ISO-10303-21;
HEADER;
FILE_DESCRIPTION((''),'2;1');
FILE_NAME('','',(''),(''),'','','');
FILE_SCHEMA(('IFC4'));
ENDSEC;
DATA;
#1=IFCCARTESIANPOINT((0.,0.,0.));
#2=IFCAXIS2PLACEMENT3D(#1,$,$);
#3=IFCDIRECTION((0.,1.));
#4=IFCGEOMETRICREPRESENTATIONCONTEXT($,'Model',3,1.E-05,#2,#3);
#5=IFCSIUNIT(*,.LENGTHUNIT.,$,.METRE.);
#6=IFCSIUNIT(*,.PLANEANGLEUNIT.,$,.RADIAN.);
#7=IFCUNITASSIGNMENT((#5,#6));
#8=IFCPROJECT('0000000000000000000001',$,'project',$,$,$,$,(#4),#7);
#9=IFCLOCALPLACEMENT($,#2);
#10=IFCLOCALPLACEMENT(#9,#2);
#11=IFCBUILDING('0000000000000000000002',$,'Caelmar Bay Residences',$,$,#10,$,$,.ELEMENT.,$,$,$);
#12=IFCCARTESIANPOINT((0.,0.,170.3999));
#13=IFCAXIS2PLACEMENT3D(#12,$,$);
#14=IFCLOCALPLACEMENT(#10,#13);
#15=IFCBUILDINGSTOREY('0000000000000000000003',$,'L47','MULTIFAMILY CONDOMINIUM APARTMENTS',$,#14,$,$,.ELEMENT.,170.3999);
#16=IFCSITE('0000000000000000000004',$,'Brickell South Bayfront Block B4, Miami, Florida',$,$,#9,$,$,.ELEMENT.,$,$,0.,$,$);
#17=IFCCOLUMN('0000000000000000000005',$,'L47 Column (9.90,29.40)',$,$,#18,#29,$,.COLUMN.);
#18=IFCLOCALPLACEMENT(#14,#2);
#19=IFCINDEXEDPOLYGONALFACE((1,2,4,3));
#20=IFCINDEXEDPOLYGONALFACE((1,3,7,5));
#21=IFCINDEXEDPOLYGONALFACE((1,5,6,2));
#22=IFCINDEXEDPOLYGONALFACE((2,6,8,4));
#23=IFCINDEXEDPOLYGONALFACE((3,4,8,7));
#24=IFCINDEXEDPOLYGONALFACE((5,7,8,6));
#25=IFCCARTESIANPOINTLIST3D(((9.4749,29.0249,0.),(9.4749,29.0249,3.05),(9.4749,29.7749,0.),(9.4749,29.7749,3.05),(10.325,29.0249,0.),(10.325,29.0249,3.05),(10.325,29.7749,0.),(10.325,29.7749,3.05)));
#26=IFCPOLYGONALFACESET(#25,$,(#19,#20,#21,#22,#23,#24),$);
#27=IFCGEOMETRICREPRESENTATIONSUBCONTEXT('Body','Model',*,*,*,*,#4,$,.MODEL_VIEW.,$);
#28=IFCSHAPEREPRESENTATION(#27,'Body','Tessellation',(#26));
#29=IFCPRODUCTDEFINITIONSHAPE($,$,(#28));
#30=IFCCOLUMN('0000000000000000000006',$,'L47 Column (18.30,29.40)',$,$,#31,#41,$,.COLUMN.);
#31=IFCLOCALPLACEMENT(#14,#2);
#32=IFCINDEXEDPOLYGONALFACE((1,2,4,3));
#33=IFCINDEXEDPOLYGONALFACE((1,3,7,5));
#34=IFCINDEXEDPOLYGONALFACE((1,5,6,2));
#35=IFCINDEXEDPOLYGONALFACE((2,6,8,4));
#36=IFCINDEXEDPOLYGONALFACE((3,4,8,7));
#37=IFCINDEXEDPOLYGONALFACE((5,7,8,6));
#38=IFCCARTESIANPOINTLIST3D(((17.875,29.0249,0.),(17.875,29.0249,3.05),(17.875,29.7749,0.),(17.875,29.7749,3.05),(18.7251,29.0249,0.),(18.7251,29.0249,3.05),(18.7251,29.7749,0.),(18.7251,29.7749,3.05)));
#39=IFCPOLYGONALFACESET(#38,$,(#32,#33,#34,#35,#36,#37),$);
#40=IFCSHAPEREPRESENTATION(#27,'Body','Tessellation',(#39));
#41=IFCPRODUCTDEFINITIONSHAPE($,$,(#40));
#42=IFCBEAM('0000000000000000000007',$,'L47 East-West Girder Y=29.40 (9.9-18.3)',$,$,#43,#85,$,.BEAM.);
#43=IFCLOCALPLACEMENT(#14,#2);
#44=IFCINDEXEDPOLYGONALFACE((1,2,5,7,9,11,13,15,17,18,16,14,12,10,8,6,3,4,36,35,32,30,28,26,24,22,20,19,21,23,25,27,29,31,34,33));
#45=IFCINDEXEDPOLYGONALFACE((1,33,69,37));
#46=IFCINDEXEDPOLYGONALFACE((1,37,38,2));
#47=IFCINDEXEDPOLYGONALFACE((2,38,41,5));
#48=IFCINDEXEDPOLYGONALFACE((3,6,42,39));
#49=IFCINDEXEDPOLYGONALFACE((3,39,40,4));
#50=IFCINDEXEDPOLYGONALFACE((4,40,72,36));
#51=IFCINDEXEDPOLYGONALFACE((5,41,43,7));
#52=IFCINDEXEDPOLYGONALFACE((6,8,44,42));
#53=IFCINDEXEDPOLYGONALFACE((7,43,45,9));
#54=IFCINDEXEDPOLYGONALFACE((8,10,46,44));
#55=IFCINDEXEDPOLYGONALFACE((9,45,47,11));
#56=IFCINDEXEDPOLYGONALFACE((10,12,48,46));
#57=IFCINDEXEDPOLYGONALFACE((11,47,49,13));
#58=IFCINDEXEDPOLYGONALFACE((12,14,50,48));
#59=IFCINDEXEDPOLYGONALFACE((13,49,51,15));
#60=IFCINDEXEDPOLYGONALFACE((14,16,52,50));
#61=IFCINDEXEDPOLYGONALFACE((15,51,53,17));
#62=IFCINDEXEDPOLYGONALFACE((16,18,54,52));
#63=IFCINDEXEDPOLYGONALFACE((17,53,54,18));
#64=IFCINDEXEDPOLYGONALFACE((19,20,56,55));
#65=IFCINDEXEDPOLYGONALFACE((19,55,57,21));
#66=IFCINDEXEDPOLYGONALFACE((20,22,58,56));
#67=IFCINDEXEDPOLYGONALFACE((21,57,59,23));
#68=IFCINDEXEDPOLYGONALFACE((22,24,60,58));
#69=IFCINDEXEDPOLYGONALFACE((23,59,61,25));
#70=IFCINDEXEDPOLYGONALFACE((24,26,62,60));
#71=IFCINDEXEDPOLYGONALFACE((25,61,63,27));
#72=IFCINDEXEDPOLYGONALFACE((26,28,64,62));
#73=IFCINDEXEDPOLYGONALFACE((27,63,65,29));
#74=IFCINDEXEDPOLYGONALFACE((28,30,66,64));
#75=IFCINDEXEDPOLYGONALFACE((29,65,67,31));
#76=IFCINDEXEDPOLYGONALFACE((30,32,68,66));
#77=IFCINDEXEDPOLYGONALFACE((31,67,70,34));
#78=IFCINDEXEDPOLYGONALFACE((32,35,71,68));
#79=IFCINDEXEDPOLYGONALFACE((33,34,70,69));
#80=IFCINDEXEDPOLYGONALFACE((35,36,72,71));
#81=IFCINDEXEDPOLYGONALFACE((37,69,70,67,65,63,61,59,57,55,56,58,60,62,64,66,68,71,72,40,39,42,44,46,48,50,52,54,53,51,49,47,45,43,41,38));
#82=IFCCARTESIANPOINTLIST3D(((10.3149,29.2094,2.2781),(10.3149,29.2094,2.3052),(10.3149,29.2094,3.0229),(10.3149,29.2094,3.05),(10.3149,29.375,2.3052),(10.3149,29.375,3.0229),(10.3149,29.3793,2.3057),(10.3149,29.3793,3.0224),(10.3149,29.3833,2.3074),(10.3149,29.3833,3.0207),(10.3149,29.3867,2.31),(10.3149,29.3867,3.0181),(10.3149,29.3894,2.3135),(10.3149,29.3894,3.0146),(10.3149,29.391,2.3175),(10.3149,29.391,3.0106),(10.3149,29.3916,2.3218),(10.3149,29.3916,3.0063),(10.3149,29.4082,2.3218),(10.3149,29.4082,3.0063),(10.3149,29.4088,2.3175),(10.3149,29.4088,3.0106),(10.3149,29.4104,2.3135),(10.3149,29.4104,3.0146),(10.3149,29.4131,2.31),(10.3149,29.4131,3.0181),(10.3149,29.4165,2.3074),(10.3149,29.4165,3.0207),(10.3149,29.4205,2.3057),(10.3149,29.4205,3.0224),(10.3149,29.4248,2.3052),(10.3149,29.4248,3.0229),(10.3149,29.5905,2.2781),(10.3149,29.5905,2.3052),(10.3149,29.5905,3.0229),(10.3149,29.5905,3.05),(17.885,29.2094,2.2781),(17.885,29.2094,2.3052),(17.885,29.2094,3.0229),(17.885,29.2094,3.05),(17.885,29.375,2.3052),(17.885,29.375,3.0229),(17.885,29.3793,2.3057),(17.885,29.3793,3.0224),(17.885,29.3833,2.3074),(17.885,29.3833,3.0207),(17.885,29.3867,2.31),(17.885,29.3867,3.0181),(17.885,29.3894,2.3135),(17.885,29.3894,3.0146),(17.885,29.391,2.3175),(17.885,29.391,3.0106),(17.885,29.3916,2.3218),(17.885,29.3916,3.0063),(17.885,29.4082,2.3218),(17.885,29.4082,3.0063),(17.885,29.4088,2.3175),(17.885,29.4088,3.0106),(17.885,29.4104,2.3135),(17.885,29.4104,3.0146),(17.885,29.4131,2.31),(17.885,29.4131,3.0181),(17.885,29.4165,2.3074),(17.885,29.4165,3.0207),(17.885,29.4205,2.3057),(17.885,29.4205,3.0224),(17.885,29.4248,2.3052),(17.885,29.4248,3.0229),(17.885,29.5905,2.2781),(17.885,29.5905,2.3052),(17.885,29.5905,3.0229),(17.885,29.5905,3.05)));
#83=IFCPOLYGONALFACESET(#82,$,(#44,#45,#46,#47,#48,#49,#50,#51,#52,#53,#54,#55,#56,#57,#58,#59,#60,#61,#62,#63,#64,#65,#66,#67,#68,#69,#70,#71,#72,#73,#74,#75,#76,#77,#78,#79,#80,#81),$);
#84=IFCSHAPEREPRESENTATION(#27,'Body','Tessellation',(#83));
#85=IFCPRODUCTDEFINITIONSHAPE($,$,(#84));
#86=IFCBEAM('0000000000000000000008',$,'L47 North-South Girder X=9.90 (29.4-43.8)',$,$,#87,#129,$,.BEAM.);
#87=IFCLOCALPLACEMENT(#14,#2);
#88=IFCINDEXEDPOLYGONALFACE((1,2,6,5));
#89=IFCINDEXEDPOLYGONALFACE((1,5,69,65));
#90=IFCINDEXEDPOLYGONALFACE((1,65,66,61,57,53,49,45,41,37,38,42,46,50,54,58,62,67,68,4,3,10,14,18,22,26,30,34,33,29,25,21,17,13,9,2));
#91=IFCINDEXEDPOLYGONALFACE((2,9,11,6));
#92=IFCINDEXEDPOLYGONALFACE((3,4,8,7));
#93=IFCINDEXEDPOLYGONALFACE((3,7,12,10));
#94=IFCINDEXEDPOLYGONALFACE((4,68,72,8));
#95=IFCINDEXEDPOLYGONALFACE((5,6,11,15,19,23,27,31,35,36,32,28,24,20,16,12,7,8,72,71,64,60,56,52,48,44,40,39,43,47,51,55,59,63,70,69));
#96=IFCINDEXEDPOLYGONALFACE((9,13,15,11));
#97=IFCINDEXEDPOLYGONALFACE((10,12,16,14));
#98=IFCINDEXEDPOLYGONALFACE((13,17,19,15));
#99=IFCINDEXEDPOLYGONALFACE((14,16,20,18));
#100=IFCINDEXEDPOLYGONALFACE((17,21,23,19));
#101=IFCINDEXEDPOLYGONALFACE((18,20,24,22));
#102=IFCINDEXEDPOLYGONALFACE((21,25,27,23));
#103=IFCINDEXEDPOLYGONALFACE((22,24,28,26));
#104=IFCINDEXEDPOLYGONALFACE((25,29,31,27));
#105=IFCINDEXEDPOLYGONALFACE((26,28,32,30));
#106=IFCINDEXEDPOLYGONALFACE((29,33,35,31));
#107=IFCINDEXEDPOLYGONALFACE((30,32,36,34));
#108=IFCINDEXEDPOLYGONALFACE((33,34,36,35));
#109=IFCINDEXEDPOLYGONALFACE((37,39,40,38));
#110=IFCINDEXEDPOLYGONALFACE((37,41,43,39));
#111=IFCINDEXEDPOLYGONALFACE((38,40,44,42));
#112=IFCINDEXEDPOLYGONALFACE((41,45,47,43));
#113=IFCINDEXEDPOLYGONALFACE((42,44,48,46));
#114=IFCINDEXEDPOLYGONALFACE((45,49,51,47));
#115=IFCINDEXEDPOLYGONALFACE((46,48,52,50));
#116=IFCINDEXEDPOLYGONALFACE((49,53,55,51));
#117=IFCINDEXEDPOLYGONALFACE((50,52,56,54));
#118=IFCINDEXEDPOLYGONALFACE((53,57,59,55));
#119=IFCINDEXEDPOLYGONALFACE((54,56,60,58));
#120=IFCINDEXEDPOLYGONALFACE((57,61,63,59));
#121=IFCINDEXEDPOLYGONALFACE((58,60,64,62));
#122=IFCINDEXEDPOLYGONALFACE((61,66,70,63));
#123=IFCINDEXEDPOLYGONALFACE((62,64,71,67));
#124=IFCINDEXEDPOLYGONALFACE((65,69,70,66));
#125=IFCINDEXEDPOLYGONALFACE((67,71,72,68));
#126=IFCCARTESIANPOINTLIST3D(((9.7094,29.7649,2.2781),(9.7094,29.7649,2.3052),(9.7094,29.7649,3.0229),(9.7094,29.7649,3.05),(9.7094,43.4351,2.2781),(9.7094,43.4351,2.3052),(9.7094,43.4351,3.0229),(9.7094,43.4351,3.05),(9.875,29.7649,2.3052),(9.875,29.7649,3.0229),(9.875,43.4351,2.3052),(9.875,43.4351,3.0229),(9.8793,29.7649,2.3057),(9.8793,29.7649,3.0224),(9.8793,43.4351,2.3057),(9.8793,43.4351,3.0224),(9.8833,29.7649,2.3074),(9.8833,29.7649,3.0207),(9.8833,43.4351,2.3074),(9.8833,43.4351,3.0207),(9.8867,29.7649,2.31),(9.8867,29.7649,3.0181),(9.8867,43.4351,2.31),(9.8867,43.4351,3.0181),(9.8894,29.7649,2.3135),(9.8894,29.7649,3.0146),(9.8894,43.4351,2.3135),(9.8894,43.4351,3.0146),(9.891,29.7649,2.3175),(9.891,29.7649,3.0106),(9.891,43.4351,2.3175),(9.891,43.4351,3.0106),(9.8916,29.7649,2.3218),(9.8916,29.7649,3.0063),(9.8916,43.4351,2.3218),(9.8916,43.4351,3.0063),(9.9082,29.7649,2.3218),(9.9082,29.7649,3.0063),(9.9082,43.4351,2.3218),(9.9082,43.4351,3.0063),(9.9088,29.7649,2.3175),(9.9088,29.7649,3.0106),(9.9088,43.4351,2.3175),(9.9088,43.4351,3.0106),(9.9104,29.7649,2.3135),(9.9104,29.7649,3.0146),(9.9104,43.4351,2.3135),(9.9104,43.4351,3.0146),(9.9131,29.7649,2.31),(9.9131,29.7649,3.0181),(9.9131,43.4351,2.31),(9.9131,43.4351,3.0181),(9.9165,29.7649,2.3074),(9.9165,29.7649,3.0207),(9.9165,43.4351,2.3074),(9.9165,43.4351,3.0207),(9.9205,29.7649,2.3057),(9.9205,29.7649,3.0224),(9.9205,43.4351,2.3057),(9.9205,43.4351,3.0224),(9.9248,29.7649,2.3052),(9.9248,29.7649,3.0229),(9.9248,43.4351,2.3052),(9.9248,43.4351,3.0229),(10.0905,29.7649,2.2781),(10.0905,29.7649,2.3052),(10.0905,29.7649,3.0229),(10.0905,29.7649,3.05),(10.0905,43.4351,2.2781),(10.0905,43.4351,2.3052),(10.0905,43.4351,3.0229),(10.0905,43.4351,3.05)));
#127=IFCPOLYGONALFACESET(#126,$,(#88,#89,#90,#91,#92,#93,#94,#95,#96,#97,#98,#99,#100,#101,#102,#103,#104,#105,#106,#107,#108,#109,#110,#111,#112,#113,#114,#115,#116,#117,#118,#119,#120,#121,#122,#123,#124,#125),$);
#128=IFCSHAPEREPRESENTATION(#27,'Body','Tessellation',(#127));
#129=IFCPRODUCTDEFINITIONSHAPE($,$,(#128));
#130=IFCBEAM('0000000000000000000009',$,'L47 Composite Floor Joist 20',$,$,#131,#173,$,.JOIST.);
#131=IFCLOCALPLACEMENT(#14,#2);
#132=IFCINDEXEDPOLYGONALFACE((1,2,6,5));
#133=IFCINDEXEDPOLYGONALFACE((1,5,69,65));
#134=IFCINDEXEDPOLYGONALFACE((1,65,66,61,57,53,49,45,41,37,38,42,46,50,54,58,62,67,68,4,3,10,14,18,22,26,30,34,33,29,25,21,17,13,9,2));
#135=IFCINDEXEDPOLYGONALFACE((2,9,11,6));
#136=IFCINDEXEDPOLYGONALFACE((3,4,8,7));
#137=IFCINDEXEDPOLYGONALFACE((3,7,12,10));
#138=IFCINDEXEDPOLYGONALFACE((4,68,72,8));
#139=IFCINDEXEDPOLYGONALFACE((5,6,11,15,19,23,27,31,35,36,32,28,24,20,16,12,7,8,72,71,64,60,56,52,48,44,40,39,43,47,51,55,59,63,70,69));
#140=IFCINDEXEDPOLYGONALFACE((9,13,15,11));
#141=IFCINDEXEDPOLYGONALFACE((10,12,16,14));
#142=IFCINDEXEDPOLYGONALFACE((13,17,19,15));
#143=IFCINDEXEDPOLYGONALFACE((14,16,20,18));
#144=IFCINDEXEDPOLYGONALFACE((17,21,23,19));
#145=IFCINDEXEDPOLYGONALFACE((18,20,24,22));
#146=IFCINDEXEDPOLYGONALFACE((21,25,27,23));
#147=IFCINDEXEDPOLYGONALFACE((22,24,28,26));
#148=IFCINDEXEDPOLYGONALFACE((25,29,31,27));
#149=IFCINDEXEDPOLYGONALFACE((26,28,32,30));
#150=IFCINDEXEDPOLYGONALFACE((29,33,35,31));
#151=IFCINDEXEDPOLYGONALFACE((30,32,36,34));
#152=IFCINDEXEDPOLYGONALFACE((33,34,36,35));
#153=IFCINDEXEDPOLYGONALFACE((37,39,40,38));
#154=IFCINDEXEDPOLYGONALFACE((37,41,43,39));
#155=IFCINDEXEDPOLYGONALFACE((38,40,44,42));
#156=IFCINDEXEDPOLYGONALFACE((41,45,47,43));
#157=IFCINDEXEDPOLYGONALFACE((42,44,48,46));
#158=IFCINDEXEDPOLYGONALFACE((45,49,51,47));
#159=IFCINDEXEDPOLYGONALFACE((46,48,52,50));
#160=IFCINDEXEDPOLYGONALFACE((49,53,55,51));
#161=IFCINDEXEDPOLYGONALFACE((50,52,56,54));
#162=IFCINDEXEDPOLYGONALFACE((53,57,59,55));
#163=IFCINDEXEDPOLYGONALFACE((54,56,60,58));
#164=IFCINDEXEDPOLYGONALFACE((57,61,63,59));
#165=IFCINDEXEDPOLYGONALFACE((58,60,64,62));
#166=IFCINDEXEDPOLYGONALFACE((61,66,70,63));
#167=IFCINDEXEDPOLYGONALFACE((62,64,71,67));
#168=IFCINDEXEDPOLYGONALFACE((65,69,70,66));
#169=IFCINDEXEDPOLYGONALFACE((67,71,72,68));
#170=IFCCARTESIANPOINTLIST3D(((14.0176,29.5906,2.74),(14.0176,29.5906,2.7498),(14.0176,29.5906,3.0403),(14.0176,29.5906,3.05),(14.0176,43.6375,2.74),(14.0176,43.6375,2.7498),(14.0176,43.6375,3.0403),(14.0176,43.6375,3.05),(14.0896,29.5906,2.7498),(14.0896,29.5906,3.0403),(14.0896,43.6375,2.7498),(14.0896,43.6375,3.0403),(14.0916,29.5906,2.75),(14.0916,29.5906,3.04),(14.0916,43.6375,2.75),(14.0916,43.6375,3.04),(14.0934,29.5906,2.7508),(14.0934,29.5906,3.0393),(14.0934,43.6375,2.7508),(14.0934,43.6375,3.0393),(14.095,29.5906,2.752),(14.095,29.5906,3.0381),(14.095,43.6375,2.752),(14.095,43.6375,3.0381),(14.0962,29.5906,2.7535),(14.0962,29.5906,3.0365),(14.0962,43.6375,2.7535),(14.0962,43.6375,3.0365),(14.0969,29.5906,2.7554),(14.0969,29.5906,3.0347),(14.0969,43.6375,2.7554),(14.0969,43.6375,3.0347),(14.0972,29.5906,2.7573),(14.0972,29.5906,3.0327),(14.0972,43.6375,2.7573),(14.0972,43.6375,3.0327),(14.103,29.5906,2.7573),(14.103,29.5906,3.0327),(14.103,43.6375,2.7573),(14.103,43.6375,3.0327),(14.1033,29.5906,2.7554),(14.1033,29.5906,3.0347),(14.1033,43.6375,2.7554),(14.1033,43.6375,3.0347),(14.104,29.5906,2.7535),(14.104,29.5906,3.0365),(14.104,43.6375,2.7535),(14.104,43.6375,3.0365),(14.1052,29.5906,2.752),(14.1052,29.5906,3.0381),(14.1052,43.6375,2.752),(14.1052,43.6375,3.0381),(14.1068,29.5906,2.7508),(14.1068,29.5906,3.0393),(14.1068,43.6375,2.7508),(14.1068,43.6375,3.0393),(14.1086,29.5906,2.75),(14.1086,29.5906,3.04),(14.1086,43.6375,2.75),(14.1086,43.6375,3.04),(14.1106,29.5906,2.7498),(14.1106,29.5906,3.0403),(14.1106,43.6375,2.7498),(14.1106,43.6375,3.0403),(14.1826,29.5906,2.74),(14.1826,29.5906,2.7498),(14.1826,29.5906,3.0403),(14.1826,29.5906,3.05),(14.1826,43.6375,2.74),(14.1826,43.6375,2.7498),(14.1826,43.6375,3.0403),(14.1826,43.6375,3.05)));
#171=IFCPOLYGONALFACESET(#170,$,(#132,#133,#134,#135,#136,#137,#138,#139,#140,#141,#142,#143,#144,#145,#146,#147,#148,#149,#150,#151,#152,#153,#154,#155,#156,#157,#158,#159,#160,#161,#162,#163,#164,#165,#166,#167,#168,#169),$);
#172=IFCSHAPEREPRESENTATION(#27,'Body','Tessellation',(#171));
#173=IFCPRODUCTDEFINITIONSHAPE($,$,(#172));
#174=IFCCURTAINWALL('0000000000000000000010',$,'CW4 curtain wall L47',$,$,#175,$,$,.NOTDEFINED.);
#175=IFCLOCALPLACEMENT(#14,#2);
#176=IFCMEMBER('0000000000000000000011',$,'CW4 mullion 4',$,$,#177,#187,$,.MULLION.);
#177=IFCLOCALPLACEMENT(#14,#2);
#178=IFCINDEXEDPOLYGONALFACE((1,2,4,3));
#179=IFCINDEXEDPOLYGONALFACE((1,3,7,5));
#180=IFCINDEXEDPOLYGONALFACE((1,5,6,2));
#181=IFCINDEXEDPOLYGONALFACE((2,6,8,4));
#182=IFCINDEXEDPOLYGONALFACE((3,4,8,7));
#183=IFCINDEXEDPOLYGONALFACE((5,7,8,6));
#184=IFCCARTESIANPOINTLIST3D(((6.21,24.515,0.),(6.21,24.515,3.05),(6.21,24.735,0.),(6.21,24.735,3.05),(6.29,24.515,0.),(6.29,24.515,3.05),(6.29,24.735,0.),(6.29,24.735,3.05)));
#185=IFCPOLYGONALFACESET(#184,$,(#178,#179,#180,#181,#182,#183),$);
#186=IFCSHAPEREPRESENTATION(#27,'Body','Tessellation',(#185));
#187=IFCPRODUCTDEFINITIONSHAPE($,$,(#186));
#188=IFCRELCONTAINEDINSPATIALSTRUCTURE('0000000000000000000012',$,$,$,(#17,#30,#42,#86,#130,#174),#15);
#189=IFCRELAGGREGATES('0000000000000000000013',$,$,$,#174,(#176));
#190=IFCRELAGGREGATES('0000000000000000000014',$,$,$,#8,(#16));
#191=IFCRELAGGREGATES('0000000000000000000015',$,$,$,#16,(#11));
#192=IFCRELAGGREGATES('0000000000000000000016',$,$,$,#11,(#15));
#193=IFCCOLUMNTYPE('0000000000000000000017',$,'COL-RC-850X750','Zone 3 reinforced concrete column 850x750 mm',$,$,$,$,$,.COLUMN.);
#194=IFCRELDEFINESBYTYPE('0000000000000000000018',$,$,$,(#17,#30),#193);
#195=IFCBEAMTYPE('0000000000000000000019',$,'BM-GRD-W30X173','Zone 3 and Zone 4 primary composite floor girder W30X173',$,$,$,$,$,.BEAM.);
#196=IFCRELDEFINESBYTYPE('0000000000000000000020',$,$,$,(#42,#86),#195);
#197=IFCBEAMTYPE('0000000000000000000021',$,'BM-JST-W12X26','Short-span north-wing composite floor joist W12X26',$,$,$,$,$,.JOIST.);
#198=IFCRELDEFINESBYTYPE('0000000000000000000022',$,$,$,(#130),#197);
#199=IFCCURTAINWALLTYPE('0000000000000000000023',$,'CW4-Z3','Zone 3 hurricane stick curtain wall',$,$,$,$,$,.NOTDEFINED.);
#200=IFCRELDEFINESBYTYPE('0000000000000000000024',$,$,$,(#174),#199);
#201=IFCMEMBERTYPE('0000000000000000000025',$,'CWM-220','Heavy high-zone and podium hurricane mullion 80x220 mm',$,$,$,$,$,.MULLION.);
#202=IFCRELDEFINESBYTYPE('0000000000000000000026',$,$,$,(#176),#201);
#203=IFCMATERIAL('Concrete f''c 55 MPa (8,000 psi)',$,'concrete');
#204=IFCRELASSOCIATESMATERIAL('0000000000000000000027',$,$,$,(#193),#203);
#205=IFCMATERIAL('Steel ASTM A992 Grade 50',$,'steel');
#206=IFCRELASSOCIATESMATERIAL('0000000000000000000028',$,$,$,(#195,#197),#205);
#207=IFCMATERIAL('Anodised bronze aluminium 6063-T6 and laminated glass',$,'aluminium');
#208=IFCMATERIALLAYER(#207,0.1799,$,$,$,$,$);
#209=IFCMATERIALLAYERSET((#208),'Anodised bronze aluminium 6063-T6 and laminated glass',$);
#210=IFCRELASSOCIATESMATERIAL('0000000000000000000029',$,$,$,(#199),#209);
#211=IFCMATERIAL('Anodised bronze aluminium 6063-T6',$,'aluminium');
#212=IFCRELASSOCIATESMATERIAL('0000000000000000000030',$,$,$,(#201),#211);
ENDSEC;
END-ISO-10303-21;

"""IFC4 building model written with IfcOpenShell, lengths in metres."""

from ifc_helpers import new_model, si_unit, direction, frame, origin, origin_2d, place, context, subcontext, project, spatial, rectangle, i_section, extrude, material, layer, layer_set, material_profile, profile_set, type_object, element, aggregate, save


model = new_model("IFC4")

# Units and contexts
model_context = context("Model", 3, precision=1e-05, world=origin(), true_north=direction((0.0, 1.0)))
body_context = subcontext(model_context, "Body", "Model", "MODEL_VIEW")
ifc_project = project(units=[si_unit("LENGTHUNIT", "METRE"), si_unit("PLANEANGLEUNIT", "RADIAN")], contexts=[model_context])

# Site, building, storey
site_placement = place(None, origin())
site = spatial("IfcSite", under=ifc_project, at=site_placement, Name="Brickell South Bayfront Block B4, Miami, Florida", CompositionType="ELEMENT", RefElevation=0.0)
building_placement = place(site_placement, origin())
building = spatial("IfcBuilding", under=site, at=building_placement, Name="Caelmar Bay Residences", CompositionType="ELEMENT")
storey_placement = place(building_placement, frame((0.0, 0.0, 170.3999)))
storey = spatial("IfcBuildingStorey", under=building, at=storey_placement, Name="L47", Description="MULTIFAMILY CONDOMINIUM APARTMENTS", CompositionType="ELEMENT", Elevation=170.3999)

# Columns
ifc_material_1 = material(Name="Concrete f'c 55 MPa (8,000 psi)", Category="concrete")
ifc_material_profile_1 = material_profile(ifc_material_1, rectangle(XDim=0.8501, YDim=0.75, at=origin_2d()), Name="RC-COL-850X750")
ifc_profile_set_1 = profile_set([ifc_material_profile_1], Name="Concrete f'c 55 MPa (8,000 psi)")
column_type = type_object("IfcColumnType", Name="COL-RC-850X750", Description="Zone 3 reinforced concrete column 850x750 mm", PredefinedType="COLUMN", material=ifc_profile_set_1)
for number, where, z_axis, x_axis, name in (
    (1, (9.8999, 29.3999, 0.0), (0.0, 0.0, 1.0), (1.0, 0.0, 0.0), "L47 Column (9.90,29.40)"),
    (2, (18.3, 29.3999, 0.0), (0.0, 0.0, 1.0), (1.0, 0.0, 0.0), "L47 Column (18.30,29.40)"),
):
    element("IfcColumn", number, at=place(storey_placement, frame(where, z_axis=z_axis, x_axis=x_axis)), inside=storey, type_object=column_type, Name=name, PredefinedType="COLUMN", context=body_context, shape_type="SweptSolid", body=[
        extrude(rectangle(XDim=0.8501, YDim=0.75, at=origin_2d()), origin(), (0.0, 0.0, 1.0), 3.05),
    ])

# Beams
ifc_material_2 = material(Name="Steel ASTM A992 Grade 50", Category="steel")
ifc_material_profile_2 = material_profile(ifc_material_2, i_section(OverallWidth=0.3811, OverallDepth=0.772, WebThickness=0.0166, FlangeThickness=0.0271, FilletRadius=0.0166, at=origin_2d()), Name="W30X173")
ifc_profile_set_2 = profile_set([ifc_material_profile_2], Name="Steel ASTM A992 Grade 50")
beam_type_1 = type_object("IfcBeamType", Name="BM-GRD-W30X173", Description="Zone 3 and Zone 4 primary composite floor girder W30X173", PredefinedType="BEAM", material=ifc_profile_set_2)
beam_1_placement = place(storey_placement, frame((10.3149, 29.3999, 2.6641), z_axis=(1.0, 0.0, 0.0), x_axis=(0.0, 1.0, 0.0)))
element("IfcBeam", 3, at=beam_1_placement, inside=storey, type_object=beam_type_1, Name="L47 East-West Girder Y=29.40 (9.9-18.3)", PredefinedType="BEAM", context=body_context, shape_type="SweptSolid", body=[
    extrude(i_section(OverallWidth=0.3811, OverallDepth=0.772, WebThickness=0.0166, FlangeThickness=0.0271, FilletRadius=0.0166, at=origin_2d()), origin(), (0.0, 0.0, 1.0), 7.5701),
])
beam_2_placement = place(storey_placement, frame((9.8999, 29.7649, 2.6641), z_axis=(0.0, 1.0, 0.0), x_axis=(-1.0, 0.0, 0.0)))
element("IfcBeam", 4, at=beam_2_placement, inside=storey, type_object=beam_type_1, Name="L47 North-South Girder X=9.90 (29.4-43.8)", PredefinedType="BEAM", context=body_context, shape_type="SweptSolid", body=[
    extrude(i_section(OverallWidth=0.3811, OverallDepth=0.772, WebThickness=0.0166, FlangeThickness=0.0271, FilletRadius=0.0166, at=origin_2d()), origin(), (0.0, 0.0, 1.0), 13.6702),
])
ifc_material_profile_3 = material_profile(ifc_material_2, i_section(OverallWidth=0.165, OverallDepth=0.3101, WebThickness=0.0059, FlangeThickness=0.0098, FilletRadius=0.0076, at=origin_2d()), Name="W12X26")
ifc_profile_set_3 = profile_set([ifc_material_profile_3], Name="Steel ASTM A992 Grade 50")
beam_type_2 = type_object("IfcBeamType", Name="BM-JST-W12X26", Description="Short-span north-wing composite floor joist W12X26", PredefinedType="JOIST", material=ifc_profile_set_3)
beam_3_placement = place(storey_placement, frame((14.1001, 29.5906, 2.895), z_axis=(0.0, 1.0, 0.0), x_axis=(-1.0, 0.0, 0.0)))
element("IfcBeam", 5, at=beam_3_placement, inside=storey, type_object=beam_type_2, Name="L47 Composite Floor Joist 20", PredefinedType="JOIST", context=body_context, shape_type="SweptSolid", body=[
    extrude(i_section(OverallWidth=0.165, OverallDepth=0.3101, WebThickness=0.0059, FlangeThickness=0.0098, FilletRadius=0.0076, at=origin_2d()), origin(), (0.0, 0.0, 1.0), 14.0469),
])

# Curtain wall, member
ifc_material_3 = material(Name="Anodised bronze aluminium 6063-T6 and laminated glass", Category="aluminium")
ifc_layer_1 = layer(ifc_material_3, 0.1799)
ifc_layer_set_1 = layer_set([ifc_layer_1], Name="Anodised bronze aluminium 6063-T6 and laminated glass")
curtain_wall_type = type_object("IfcCurtainWallType", Name="CW4-Z3", Description="Zone 3 hurricane stick curtain wall", PredefinedType="NOTDEFINED", material=ifc_layer_set_1)
curtain_wall_placement = place(storey_placement, origin())
curtain_wall = element("IfcCurtainWall", 6, at=curtain_wall_placement, inside=storey, type_object=curtain_wall_type, Name="CW4 curtain wall L47", PredefinedType="NOTDEFINED")
ifc_material_4 = material(Name="Anodised bronze aluminium 6063-T6", Category="aluminium")
ifc_material_profile_4 = material_profile(ifc_material_4, rectangle(XDim=0.0801, YDim=0.22, at=origin_2d()), Name="CWM-80X220")
ifc_profile_set_4 = profile_set([ifc_material_profile_4], Name="Anodised bronze aluminium 6063-T6")
member_type_1 = type_object("IfcMemberType", Name="CWM-220", Description="Heavy high-zone and podium hurricane mullion 80x220 mm", PredefinedType="MULLION", material=ifc_profile_set_4)
member_1_placement = place(storey_placement, frame((6.25, 24.625, 0.0), z_axis=(0.0, 0.0, 1.0), x_axis=(-1.0, 0.0, 0.0)))
member_1 = element("IfcMember", 7, at=member_1_placement, type_object=member_type_1, Name="CW4 mullion 4", PredefinedType="MULLION", context=body_context, shape_type="SweptSolid", body=[
    extrude(rectangle(XDim=0.0801, YDim=0.22, at=origin_2d()), origin(), (0.0, 0.0, 1.0), 3.05),
])
aggregate(curtain_wall, [member_1])

save(model, "model.ifc")
